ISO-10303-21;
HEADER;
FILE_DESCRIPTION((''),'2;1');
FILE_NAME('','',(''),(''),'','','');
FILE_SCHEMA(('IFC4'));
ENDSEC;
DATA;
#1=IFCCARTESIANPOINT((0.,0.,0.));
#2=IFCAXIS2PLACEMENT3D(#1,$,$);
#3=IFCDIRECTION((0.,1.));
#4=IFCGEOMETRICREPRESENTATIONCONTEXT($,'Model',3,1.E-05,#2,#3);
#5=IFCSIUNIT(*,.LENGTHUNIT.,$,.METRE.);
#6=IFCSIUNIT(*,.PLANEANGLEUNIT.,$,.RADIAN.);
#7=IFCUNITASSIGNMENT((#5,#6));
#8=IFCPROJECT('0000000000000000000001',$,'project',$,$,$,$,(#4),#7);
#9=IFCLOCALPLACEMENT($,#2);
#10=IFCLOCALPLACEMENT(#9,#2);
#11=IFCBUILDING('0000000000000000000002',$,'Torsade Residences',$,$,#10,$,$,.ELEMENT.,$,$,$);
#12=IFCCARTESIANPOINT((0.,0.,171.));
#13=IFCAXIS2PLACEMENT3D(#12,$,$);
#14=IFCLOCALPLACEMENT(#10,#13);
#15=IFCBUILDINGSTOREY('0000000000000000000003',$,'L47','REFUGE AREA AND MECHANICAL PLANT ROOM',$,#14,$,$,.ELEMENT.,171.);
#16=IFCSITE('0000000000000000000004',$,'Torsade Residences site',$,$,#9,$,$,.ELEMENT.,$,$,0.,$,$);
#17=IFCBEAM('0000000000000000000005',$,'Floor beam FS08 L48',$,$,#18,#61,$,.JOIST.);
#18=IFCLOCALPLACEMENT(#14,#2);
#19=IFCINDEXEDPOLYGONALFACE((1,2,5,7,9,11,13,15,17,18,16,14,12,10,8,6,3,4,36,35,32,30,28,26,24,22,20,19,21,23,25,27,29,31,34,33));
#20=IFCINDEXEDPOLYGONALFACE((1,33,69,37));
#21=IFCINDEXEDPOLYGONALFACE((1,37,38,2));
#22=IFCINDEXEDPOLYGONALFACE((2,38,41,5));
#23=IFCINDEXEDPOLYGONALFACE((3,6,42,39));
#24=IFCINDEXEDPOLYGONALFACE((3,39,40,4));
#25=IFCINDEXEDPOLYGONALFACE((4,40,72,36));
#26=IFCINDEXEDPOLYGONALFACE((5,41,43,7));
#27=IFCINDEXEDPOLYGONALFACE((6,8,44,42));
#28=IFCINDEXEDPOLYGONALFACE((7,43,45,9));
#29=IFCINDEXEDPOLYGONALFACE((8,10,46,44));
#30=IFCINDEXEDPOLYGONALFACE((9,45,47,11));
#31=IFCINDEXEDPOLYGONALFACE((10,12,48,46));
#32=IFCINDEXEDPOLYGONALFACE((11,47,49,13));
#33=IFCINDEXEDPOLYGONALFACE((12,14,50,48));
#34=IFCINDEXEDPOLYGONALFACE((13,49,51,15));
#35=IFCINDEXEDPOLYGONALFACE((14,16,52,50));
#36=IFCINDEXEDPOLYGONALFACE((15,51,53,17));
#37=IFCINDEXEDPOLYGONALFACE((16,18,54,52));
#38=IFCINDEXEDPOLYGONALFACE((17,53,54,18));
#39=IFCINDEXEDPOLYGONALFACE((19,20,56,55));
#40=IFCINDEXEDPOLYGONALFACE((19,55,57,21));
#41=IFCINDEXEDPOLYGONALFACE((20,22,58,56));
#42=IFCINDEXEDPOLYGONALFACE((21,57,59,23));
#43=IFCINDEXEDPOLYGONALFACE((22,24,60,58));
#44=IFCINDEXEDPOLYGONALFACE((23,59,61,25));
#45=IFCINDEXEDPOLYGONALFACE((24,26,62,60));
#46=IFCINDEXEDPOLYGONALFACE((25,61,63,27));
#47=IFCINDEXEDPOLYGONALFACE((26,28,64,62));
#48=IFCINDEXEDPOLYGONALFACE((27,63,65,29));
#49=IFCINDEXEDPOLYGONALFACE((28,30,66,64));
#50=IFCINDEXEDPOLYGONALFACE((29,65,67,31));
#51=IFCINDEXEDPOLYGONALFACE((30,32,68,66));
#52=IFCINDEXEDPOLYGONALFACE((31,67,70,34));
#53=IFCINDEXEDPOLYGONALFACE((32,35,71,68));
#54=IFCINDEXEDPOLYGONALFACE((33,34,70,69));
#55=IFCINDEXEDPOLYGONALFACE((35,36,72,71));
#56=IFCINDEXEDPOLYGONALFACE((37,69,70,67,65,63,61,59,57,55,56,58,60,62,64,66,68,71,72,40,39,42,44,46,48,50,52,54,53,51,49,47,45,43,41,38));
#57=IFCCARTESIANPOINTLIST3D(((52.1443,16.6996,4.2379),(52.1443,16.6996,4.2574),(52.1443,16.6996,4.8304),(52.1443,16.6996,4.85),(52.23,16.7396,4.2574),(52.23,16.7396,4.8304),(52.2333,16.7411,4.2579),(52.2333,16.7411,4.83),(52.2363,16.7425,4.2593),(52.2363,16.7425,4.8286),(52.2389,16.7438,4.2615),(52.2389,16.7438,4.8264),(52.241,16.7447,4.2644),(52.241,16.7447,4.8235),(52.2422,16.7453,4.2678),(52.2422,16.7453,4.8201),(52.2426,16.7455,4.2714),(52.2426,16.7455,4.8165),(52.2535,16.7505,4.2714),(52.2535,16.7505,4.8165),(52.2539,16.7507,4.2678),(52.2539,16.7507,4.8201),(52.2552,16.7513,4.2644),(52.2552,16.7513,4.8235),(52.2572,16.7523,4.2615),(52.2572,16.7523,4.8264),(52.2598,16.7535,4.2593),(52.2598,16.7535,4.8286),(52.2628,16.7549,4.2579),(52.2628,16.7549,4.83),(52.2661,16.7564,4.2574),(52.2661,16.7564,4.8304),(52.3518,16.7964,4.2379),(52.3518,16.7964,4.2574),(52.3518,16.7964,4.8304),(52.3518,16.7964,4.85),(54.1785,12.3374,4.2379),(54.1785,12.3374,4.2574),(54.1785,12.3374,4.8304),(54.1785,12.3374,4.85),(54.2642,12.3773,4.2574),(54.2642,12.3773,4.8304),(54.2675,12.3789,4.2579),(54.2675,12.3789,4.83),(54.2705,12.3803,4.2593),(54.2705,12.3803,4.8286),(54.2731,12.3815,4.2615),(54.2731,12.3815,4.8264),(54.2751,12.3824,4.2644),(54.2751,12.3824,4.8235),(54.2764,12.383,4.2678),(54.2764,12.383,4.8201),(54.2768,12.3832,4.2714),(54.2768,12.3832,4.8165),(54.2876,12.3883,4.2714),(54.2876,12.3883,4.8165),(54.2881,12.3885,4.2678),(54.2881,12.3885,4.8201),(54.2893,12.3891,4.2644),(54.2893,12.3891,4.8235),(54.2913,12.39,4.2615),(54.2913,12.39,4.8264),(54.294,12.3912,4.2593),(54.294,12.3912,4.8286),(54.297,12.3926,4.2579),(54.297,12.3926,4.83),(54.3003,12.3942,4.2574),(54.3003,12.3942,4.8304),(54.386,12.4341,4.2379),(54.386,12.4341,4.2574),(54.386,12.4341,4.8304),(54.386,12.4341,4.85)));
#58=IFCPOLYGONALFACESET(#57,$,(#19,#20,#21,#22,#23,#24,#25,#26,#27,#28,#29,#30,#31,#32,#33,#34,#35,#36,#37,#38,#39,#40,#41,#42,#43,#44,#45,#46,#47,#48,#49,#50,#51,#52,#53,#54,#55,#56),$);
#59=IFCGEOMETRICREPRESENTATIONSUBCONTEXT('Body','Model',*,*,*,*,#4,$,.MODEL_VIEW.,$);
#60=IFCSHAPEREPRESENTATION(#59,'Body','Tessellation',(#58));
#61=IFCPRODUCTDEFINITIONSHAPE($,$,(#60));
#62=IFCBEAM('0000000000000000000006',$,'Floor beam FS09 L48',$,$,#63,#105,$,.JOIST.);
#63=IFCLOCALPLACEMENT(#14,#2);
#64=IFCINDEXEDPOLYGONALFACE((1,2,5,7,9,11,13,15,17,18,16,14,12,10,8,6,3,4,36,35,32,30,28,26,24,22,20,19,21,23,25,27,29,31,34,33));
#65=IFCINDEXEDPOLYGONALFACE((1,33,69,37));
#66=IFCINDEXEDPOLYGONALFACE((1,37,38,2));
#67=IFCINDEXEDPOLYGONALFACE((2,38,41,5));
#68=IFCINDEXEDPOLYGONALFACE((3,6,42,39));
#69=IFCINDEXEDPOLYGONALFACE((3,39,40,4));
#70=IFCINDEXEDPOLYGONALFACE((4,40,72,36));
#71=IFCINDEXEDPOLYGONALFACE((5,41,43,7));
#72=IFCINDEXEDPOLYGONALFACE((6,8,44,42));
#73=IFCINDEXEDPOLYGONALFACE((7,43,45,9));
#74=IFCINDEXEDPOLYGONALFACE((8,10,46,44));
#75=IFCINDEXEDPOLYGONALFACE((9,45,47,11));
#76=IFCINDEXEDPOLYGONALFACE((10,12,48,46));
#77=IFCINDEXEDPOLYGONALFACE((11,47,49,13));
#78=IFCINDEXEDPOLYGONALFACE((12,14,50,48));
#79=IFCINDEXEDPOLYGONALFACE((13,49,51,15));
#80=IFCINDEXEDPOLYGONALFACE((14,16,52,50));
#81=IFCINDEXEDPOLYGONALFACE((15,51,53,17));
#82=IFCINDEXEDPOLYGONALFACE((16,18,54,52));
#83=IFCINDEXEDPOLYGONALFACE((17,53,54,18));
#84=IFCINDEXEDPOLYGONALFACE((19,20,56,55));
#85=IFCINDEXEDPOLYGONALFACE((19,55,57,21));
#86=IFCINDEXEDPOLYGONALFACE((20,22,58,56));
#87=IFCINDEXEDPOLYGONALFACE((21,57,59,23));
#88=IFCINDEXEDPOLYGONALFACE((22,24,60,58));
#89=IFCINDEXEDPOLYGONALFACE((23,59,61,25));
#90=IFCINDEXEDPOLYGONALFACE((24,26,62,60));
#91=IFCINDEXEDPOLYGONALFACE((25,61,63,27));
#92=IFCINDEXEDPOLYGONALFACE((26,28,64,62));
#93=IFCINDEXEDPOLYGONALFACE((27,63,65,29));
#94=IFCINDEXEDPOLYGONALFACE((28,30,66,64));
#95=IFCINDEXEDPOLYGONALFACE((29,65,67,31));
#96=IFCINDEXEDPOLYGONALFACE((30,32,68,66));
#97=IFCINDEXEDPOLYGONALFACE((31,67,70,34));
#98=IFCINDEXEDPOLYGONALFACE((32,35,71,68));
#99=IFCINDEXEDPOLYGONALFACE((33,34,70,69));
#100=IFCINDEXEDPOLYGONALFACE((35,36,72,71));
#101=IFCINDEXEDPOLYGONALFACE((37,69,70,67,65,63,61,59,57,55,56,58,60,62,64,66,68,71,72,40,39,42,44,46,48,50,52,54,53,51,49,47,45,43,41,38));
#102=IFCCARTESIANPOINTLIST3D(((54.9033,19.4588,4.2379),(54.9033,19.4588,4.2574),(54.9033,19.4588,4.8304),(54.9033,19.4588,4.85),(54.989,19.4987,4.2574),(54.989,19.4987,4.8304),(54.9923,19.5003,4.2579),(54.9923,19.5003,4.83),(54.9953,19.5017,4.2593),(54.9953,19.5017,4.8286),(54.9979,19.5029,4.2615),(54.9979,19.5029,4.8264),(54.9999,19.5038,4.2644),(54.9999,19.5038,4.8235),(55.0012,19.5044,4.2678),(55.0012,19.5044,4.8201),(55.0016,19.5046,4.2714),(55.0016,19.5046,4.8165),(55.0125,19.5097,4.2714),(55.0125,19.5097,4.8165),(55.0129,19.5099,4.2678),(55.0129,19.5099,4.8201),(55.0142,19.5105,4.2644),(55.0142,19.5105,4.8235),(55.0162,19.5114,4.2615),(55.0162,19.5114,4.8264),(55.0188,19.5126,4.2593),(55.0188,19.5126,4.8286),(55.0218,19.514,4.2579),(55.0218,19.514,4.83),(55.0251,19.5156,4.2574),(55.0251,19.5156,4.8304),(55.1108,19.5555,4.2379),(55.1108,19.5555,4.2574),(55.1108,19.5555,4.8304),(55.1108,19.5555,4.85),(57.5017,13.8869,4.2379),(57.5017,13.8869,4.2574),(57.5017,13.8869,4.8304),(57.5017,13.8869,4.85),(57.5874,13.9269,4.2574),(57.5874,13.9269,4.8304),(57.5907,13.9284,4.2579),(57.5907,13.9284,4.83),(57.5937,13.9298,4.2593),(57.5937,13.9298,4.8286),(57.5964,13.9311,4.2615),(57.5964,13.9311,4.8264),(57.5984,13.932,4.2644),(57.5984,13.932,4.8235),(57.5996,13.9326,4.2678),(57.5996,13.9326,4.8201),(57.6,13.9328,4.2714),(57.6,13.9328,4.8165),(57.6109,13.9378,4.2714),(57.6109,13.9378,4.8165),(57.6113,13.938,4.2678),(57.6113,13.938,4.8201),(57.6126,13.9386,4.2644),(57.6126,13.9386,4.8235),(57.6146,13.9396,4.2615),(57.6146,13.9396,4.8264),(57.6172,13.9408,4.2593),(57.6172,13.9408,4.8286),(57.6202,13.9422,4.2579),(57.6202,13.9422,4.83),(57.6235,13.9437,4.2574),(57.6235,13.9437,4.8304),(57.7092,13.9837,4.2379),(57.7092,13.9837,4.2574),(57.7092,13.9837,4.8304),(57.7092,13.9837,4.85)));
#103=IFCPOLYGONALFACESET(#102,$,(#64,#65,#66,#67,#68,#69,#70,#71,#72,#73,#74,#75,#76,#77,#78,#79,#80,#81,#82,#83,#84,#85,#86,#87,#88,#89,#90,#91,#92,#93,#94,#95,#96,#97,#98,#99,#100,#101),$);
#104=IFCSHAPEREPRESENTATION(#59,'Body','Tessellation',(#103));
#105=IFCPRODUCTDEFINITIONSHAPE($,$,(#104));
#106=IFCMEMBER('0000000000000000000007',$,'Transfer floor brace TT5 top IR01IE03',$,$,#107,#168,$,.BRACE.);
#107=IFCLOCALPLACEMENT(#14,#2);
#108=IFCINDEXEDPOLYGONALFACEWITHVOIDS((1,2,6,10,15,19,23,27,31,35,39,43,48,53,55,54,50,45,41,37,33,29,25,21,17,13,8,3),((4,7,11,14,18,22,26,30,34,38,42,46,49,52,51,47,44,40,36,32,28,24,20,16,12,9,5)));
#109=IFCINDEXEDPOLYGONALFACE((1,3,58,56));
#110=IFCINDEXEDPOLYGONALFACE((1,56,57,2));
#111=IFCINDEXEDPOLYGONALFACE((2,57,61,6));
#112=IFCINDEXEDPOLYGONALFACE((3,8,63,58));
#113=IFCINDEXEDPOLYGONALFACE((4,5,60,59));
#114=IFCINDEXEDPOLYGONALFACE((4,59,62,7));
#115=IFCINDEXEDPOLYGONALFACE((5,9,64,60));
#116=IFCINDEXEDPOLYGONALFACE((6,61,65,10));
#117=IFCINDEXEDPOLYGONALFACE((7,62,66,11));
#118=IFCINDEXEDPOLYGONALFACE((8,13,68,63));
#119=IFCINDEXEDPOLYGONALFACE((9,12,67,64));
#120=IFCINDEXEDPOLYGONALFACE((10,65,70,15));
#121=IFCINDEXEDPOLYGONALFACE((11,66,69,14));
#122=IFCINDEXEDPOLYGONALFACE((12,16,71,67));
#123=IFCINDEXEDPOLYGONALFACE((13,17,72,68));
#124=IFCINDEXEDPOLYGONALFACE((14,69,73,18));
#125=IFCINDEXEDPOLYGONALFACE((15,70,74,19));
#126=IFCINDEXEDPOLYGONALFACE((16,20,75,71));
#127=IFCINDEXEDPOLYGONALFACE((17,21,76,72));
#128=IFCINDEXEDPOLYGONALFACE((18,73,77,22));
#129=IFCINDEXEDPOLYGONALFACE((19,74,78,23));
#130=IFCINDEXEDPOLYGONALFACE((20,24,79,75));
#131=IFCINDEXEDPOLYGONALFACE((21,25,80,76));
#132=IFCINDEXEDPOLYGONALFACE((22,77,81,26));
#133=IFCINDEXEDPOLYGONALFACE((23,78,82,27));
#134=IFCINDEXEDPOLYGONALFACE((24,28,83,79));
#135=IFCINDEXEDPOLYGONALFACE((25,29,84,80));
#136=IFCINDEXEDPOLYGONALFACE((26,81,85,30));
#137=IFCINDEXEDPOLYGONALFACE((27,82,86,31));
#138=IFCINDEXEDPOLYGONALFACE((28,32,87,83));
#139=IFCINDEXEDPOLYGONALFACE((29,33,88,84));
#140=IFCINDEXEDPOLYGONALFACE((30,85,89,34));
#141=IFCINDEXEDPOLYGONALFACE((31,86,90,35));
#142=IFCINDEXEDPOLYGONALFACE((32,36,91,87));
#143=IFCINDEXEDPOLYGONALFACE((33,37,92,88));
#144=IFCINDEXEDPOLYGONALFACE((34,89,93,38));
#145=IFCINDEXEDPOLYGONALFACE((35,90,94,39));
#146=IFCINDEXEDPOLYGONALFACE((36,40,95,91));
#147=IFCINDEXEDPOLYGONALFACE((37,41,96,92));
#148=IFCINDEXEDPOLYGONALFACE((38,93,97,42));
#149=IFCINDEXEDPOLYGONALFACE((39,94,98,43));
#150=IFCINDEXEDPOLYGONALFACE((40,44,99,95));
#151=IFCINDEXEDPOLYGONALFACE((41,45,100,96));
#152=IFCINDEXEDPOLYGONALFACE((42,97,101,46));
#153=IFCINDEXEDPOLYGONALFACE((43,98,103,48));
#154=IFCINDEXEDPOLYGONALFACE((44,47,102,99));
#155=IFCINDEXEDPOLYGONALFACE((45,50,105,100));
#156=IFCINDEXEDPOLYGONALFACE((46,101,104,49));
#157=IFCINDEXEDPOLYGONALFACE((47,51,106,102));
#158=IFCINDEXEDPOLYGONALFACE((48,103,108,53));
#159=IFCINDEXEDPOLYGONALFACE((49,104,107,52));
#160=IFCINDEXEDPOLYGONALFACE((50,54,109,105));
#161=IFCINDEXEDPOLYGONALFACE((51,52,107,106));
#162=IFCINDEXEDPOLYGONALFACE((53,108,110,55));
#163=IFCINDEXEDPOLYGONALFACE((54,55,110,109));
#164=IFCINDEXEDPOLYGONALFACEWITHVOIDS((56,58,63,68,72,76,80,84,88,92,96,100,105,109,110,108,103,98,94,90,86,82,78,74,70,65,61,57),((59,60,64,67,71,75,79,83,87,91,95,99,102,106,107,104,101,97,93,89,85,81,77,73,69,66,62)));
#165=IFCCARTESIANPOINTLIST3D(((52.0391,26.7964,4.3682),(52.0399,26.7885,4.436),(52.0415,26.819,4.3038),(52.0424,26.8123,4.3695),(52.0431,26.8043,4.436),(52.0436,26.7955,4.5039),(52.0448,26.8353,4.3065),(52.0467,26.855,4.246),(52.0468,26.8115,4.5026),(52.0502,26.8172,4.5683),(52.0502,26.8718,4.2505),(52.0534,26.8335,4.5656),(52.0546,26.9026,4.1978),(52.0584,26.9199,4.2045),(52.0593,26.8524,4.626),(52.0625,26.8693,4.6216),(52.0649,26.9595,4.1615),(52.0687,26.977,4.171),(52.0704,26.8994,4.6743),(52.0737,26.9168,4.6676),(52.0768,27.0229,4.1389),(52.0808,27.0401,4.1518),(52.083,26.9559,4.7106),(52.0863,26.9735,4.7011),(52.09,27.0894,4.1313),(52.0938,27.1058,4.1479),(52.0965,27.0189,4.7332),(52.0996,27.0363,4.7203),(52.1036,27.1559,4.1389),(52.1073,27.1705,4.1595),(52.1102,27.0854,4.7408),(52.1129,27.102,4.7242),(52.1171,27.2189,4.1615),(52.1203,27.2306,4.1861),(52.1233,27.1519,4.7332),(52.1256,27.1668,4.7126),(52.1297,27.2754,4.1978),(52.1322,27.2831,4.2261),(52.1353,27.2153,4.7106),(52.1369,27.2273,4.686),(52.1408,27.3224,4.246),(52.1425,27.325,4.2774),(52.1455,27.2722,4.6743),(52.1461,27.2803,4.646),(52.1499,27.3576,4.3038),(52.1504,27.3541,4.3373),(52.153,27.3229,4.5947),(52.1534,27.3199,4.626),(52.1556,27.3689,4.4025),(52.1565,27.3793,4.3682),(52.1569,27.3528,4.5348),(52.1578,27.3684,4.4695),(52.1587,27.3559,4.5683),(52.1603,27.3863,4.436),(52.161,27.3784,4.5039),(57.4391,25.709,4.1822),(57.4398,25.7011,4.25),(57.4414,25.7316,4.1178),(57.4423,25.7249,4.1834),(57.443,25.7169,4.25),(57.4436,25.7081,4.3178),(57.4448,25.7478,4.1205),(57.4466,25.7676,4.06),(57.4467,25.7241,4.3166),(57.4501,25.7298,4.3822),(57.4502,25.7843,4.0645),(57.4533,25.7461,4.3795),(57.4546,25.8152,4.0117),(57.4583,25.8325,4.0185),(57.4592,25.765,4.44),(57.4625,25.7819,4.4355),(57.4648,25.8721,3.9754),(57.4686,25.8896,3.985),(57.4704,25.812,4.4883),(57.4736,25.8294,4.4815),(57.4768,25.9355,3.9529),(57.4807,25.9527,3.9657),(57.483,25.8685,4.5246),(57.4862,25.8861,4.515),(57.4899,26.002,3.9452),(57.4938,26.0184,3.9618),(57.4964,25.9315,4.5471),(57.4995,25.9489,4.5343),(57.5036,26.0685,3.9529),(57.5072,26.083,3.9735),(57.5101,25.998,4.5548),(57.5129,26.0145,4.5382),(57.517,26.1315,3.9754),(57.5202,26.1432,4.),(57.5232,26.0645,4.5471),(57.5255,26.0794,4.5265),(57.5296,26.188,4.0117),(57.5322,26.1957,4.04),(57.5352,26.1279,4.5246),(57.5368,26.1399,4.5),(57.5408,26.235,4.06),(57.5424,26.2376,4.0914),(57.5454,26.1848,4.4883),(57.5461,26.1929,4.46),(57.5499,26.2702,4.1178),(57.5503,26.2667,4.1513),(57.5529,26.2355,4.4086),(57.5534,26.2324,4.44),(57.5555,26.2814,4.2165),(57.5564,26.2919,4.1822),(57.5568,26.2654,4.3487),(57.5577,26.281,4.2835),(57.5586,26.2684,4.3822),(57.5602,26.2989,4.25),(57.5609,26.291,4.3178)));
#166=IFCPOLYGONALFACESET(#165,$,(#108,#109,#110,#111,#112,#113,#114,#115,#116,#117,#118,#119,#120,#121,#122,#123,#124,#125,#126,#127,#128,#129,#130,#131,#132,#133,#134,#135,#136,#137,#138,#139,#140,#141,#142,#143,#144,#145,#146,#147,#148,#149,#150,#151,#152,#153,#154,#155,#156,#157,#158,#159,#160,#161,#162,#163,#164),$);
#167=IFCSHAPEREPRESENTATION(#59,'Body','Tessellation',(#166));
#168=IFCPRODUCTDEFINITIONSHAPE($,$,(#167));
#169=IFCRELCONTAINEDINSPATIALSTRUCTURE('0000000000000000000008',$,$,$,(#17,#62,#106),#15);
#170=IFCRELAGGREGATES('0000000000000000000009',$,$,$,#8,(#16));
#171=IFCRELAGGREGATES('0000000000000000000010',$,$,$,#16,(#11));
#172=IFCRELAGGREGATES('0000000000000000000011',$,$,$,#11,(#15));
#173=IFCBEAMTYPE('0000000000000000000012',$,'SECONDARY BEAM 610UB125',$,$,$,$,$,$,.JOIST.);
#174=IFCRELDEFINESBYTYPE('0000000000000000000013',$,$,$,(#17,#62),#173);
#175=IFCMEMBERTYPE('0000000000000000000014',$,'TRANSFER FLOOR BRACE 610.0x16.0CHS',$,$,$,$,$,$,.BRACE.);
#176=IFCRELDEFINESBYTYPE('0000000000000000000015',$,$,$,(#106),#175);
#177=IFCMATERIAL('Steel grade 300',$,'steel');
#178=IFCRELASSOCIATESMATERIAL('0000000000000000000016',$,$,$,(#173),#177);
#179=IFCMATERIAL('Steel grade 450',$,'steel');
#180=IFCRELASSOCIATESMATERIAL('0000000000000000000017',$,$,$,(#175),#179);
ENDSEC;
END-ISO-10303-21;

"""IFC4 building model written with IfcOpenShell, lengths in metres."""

from ifc_helpers import new_model, si_unit, direction, frame, origin, origin_2d, place, context, subcontext, project, spatial, hollow_circle, i_section, extrude, material, material_profile, profile_set, type_object, element, save


model = new_model("IFC4")

# Units and contexts
model_context = context("Model", 3, precision=1e-05, world=origin(), true_north=direction((0.0, 1.0)))
body_context = subcontext(model_context, "Body", "Model", "MODEL_VIEW")
ifc_project = project(units=[si_unit("LENGTHUNIT", "METRE"), si_unit("PLANEANGLEUNIT", "RADIAN")], contexts=[model_context])

# Site, building, storey
site_placement = place(None, origin())
site = spatial("IfcSite", under=ifc_project, at=site_placement, Name="Torsade Residences site", CompositionType="ELEMENT", RefElevation=0.0)
building_placement = place(site_placement, origin())
building = spatial("IfcBuilding", under=site, at=building_placement, Name="Torsade Residences", CompositionType="ELEMENT")
storey_placement = place(building_placement, frame((0.0, 0.0, 171.0)))
storey = spatial("IfcBuildingStorey", under=building, at=storey_placement, Name="L47", Description="REFUGE AREA AND MECHANICAL PLANT ROOM", CompositionType="ELEMENT", Elevation=171.0)

# Beams
ifc_material_1 = material(Name="Steel grade 300", Category="steel")
ifc_material_profile_1 = material_profile(ifc_material_1, i_section(OverallWidth=0.229, OverallDepth=0.6121, WebThickness=0.012, FlangeThickness=0.0195, FilletRadius=0.0139, at=origin_2d()), Name="610UB125")
ifc_profile_set_1 = profile_set([ifc_material_profile_1], Name="Steel grade 300")
beam_type_1 = type_object("IfcBeamType", Name="SECONDARY BEAM 610UB125", PredefinedType="JOIST", material=ifc_profile_set_1)
beam_1_placement = place(storey_placement, frame((54.2822, 12.3857, 4.5439), z_axis=(-0.422619, 0.906308, 0.0), x_axis=(-0.906308, -0.422619, 0.0)))
element("IfcBeam", 1, at=beam_1_placement, inside=storey, type_object=beam_type_1, Name="Floor beam FS08 L48", PredefinedType="JOIST", context=body_context, shape_type="SweptSolid", body=[
    extrude(i_section(OverallWidth=0.229, OverallDepth=0.6121, WebThickness=0.012, FlangeThickness=0.0195, FilletRadius=0.0139, at=origin_2d()), origin(), (0.0, 0.0, 1.0), 4.8132),
])
beam_2_placement = place(storey_placement, frame((57.6055, 13.9353, 4.5439), z_axis=(-0.422648, 0.906294, 0.0), x_axis=(-0.906294, -0.422648, 0.0)))
element("IfcBeam", 2, at=beam_2_placement, inside=storey, type_object=beam_type_1, Name="Floor beam FS09 L48", PredefinedType="JOIST", context=body_context, shape_type="SweptSolid", body=[
    extrude(i_section(OverallWidth=0.229, OverallDepth=0.6121, WebThickness=0.012, FlangeThickness=0.0195, FilletRadius=0.0139, at=origin_2d()), origin(), (0.0, 0.0, 1.0), 6.1479),
])

# Member
ifc_material_2 = material(Name="Steel grade 450", Category="steel")
ifc_material_profile_2 = material_profile(ifc_material_2, hollow_circle(Radius=0.3049, WallThickness=0.0161, at=origin_2d()), Name="610.0x16.0CHS")
ifc_profile_set_2 = profile_set([ifc_material_profile_2], Name="Steel grade 450")
member_type_1 = type_object("IfcMemberType", Name="TRANSFER FLOOR BRACE 610.0x16.0CHS", PredefinedType="BRACE", material=ifc_profile_set_2)
member_1_placement = place(storey_placement, frame((57.5, 26.0, 4.25), z_axis=(-0.979762, 0.197299, 0.033754), x_axis=(-0.197412, -0.980321, 0.0)))
element("IfcMember", 3, at=member_1_placement, inside=storey, type_object=member_type_1, Name="Transfer floor brace TT5 top IR01IE03", PredefinedType="BRACE", context=body_context, shape_type="SweptSolid", body=[
    extrude(hollow_circle(Radius=0.3049, WallThickness=0.0161, at=origin_2d()), origin(), (0.0, 0.0, 1.0), 5.5115),
])

save(model, "model.ifc")
